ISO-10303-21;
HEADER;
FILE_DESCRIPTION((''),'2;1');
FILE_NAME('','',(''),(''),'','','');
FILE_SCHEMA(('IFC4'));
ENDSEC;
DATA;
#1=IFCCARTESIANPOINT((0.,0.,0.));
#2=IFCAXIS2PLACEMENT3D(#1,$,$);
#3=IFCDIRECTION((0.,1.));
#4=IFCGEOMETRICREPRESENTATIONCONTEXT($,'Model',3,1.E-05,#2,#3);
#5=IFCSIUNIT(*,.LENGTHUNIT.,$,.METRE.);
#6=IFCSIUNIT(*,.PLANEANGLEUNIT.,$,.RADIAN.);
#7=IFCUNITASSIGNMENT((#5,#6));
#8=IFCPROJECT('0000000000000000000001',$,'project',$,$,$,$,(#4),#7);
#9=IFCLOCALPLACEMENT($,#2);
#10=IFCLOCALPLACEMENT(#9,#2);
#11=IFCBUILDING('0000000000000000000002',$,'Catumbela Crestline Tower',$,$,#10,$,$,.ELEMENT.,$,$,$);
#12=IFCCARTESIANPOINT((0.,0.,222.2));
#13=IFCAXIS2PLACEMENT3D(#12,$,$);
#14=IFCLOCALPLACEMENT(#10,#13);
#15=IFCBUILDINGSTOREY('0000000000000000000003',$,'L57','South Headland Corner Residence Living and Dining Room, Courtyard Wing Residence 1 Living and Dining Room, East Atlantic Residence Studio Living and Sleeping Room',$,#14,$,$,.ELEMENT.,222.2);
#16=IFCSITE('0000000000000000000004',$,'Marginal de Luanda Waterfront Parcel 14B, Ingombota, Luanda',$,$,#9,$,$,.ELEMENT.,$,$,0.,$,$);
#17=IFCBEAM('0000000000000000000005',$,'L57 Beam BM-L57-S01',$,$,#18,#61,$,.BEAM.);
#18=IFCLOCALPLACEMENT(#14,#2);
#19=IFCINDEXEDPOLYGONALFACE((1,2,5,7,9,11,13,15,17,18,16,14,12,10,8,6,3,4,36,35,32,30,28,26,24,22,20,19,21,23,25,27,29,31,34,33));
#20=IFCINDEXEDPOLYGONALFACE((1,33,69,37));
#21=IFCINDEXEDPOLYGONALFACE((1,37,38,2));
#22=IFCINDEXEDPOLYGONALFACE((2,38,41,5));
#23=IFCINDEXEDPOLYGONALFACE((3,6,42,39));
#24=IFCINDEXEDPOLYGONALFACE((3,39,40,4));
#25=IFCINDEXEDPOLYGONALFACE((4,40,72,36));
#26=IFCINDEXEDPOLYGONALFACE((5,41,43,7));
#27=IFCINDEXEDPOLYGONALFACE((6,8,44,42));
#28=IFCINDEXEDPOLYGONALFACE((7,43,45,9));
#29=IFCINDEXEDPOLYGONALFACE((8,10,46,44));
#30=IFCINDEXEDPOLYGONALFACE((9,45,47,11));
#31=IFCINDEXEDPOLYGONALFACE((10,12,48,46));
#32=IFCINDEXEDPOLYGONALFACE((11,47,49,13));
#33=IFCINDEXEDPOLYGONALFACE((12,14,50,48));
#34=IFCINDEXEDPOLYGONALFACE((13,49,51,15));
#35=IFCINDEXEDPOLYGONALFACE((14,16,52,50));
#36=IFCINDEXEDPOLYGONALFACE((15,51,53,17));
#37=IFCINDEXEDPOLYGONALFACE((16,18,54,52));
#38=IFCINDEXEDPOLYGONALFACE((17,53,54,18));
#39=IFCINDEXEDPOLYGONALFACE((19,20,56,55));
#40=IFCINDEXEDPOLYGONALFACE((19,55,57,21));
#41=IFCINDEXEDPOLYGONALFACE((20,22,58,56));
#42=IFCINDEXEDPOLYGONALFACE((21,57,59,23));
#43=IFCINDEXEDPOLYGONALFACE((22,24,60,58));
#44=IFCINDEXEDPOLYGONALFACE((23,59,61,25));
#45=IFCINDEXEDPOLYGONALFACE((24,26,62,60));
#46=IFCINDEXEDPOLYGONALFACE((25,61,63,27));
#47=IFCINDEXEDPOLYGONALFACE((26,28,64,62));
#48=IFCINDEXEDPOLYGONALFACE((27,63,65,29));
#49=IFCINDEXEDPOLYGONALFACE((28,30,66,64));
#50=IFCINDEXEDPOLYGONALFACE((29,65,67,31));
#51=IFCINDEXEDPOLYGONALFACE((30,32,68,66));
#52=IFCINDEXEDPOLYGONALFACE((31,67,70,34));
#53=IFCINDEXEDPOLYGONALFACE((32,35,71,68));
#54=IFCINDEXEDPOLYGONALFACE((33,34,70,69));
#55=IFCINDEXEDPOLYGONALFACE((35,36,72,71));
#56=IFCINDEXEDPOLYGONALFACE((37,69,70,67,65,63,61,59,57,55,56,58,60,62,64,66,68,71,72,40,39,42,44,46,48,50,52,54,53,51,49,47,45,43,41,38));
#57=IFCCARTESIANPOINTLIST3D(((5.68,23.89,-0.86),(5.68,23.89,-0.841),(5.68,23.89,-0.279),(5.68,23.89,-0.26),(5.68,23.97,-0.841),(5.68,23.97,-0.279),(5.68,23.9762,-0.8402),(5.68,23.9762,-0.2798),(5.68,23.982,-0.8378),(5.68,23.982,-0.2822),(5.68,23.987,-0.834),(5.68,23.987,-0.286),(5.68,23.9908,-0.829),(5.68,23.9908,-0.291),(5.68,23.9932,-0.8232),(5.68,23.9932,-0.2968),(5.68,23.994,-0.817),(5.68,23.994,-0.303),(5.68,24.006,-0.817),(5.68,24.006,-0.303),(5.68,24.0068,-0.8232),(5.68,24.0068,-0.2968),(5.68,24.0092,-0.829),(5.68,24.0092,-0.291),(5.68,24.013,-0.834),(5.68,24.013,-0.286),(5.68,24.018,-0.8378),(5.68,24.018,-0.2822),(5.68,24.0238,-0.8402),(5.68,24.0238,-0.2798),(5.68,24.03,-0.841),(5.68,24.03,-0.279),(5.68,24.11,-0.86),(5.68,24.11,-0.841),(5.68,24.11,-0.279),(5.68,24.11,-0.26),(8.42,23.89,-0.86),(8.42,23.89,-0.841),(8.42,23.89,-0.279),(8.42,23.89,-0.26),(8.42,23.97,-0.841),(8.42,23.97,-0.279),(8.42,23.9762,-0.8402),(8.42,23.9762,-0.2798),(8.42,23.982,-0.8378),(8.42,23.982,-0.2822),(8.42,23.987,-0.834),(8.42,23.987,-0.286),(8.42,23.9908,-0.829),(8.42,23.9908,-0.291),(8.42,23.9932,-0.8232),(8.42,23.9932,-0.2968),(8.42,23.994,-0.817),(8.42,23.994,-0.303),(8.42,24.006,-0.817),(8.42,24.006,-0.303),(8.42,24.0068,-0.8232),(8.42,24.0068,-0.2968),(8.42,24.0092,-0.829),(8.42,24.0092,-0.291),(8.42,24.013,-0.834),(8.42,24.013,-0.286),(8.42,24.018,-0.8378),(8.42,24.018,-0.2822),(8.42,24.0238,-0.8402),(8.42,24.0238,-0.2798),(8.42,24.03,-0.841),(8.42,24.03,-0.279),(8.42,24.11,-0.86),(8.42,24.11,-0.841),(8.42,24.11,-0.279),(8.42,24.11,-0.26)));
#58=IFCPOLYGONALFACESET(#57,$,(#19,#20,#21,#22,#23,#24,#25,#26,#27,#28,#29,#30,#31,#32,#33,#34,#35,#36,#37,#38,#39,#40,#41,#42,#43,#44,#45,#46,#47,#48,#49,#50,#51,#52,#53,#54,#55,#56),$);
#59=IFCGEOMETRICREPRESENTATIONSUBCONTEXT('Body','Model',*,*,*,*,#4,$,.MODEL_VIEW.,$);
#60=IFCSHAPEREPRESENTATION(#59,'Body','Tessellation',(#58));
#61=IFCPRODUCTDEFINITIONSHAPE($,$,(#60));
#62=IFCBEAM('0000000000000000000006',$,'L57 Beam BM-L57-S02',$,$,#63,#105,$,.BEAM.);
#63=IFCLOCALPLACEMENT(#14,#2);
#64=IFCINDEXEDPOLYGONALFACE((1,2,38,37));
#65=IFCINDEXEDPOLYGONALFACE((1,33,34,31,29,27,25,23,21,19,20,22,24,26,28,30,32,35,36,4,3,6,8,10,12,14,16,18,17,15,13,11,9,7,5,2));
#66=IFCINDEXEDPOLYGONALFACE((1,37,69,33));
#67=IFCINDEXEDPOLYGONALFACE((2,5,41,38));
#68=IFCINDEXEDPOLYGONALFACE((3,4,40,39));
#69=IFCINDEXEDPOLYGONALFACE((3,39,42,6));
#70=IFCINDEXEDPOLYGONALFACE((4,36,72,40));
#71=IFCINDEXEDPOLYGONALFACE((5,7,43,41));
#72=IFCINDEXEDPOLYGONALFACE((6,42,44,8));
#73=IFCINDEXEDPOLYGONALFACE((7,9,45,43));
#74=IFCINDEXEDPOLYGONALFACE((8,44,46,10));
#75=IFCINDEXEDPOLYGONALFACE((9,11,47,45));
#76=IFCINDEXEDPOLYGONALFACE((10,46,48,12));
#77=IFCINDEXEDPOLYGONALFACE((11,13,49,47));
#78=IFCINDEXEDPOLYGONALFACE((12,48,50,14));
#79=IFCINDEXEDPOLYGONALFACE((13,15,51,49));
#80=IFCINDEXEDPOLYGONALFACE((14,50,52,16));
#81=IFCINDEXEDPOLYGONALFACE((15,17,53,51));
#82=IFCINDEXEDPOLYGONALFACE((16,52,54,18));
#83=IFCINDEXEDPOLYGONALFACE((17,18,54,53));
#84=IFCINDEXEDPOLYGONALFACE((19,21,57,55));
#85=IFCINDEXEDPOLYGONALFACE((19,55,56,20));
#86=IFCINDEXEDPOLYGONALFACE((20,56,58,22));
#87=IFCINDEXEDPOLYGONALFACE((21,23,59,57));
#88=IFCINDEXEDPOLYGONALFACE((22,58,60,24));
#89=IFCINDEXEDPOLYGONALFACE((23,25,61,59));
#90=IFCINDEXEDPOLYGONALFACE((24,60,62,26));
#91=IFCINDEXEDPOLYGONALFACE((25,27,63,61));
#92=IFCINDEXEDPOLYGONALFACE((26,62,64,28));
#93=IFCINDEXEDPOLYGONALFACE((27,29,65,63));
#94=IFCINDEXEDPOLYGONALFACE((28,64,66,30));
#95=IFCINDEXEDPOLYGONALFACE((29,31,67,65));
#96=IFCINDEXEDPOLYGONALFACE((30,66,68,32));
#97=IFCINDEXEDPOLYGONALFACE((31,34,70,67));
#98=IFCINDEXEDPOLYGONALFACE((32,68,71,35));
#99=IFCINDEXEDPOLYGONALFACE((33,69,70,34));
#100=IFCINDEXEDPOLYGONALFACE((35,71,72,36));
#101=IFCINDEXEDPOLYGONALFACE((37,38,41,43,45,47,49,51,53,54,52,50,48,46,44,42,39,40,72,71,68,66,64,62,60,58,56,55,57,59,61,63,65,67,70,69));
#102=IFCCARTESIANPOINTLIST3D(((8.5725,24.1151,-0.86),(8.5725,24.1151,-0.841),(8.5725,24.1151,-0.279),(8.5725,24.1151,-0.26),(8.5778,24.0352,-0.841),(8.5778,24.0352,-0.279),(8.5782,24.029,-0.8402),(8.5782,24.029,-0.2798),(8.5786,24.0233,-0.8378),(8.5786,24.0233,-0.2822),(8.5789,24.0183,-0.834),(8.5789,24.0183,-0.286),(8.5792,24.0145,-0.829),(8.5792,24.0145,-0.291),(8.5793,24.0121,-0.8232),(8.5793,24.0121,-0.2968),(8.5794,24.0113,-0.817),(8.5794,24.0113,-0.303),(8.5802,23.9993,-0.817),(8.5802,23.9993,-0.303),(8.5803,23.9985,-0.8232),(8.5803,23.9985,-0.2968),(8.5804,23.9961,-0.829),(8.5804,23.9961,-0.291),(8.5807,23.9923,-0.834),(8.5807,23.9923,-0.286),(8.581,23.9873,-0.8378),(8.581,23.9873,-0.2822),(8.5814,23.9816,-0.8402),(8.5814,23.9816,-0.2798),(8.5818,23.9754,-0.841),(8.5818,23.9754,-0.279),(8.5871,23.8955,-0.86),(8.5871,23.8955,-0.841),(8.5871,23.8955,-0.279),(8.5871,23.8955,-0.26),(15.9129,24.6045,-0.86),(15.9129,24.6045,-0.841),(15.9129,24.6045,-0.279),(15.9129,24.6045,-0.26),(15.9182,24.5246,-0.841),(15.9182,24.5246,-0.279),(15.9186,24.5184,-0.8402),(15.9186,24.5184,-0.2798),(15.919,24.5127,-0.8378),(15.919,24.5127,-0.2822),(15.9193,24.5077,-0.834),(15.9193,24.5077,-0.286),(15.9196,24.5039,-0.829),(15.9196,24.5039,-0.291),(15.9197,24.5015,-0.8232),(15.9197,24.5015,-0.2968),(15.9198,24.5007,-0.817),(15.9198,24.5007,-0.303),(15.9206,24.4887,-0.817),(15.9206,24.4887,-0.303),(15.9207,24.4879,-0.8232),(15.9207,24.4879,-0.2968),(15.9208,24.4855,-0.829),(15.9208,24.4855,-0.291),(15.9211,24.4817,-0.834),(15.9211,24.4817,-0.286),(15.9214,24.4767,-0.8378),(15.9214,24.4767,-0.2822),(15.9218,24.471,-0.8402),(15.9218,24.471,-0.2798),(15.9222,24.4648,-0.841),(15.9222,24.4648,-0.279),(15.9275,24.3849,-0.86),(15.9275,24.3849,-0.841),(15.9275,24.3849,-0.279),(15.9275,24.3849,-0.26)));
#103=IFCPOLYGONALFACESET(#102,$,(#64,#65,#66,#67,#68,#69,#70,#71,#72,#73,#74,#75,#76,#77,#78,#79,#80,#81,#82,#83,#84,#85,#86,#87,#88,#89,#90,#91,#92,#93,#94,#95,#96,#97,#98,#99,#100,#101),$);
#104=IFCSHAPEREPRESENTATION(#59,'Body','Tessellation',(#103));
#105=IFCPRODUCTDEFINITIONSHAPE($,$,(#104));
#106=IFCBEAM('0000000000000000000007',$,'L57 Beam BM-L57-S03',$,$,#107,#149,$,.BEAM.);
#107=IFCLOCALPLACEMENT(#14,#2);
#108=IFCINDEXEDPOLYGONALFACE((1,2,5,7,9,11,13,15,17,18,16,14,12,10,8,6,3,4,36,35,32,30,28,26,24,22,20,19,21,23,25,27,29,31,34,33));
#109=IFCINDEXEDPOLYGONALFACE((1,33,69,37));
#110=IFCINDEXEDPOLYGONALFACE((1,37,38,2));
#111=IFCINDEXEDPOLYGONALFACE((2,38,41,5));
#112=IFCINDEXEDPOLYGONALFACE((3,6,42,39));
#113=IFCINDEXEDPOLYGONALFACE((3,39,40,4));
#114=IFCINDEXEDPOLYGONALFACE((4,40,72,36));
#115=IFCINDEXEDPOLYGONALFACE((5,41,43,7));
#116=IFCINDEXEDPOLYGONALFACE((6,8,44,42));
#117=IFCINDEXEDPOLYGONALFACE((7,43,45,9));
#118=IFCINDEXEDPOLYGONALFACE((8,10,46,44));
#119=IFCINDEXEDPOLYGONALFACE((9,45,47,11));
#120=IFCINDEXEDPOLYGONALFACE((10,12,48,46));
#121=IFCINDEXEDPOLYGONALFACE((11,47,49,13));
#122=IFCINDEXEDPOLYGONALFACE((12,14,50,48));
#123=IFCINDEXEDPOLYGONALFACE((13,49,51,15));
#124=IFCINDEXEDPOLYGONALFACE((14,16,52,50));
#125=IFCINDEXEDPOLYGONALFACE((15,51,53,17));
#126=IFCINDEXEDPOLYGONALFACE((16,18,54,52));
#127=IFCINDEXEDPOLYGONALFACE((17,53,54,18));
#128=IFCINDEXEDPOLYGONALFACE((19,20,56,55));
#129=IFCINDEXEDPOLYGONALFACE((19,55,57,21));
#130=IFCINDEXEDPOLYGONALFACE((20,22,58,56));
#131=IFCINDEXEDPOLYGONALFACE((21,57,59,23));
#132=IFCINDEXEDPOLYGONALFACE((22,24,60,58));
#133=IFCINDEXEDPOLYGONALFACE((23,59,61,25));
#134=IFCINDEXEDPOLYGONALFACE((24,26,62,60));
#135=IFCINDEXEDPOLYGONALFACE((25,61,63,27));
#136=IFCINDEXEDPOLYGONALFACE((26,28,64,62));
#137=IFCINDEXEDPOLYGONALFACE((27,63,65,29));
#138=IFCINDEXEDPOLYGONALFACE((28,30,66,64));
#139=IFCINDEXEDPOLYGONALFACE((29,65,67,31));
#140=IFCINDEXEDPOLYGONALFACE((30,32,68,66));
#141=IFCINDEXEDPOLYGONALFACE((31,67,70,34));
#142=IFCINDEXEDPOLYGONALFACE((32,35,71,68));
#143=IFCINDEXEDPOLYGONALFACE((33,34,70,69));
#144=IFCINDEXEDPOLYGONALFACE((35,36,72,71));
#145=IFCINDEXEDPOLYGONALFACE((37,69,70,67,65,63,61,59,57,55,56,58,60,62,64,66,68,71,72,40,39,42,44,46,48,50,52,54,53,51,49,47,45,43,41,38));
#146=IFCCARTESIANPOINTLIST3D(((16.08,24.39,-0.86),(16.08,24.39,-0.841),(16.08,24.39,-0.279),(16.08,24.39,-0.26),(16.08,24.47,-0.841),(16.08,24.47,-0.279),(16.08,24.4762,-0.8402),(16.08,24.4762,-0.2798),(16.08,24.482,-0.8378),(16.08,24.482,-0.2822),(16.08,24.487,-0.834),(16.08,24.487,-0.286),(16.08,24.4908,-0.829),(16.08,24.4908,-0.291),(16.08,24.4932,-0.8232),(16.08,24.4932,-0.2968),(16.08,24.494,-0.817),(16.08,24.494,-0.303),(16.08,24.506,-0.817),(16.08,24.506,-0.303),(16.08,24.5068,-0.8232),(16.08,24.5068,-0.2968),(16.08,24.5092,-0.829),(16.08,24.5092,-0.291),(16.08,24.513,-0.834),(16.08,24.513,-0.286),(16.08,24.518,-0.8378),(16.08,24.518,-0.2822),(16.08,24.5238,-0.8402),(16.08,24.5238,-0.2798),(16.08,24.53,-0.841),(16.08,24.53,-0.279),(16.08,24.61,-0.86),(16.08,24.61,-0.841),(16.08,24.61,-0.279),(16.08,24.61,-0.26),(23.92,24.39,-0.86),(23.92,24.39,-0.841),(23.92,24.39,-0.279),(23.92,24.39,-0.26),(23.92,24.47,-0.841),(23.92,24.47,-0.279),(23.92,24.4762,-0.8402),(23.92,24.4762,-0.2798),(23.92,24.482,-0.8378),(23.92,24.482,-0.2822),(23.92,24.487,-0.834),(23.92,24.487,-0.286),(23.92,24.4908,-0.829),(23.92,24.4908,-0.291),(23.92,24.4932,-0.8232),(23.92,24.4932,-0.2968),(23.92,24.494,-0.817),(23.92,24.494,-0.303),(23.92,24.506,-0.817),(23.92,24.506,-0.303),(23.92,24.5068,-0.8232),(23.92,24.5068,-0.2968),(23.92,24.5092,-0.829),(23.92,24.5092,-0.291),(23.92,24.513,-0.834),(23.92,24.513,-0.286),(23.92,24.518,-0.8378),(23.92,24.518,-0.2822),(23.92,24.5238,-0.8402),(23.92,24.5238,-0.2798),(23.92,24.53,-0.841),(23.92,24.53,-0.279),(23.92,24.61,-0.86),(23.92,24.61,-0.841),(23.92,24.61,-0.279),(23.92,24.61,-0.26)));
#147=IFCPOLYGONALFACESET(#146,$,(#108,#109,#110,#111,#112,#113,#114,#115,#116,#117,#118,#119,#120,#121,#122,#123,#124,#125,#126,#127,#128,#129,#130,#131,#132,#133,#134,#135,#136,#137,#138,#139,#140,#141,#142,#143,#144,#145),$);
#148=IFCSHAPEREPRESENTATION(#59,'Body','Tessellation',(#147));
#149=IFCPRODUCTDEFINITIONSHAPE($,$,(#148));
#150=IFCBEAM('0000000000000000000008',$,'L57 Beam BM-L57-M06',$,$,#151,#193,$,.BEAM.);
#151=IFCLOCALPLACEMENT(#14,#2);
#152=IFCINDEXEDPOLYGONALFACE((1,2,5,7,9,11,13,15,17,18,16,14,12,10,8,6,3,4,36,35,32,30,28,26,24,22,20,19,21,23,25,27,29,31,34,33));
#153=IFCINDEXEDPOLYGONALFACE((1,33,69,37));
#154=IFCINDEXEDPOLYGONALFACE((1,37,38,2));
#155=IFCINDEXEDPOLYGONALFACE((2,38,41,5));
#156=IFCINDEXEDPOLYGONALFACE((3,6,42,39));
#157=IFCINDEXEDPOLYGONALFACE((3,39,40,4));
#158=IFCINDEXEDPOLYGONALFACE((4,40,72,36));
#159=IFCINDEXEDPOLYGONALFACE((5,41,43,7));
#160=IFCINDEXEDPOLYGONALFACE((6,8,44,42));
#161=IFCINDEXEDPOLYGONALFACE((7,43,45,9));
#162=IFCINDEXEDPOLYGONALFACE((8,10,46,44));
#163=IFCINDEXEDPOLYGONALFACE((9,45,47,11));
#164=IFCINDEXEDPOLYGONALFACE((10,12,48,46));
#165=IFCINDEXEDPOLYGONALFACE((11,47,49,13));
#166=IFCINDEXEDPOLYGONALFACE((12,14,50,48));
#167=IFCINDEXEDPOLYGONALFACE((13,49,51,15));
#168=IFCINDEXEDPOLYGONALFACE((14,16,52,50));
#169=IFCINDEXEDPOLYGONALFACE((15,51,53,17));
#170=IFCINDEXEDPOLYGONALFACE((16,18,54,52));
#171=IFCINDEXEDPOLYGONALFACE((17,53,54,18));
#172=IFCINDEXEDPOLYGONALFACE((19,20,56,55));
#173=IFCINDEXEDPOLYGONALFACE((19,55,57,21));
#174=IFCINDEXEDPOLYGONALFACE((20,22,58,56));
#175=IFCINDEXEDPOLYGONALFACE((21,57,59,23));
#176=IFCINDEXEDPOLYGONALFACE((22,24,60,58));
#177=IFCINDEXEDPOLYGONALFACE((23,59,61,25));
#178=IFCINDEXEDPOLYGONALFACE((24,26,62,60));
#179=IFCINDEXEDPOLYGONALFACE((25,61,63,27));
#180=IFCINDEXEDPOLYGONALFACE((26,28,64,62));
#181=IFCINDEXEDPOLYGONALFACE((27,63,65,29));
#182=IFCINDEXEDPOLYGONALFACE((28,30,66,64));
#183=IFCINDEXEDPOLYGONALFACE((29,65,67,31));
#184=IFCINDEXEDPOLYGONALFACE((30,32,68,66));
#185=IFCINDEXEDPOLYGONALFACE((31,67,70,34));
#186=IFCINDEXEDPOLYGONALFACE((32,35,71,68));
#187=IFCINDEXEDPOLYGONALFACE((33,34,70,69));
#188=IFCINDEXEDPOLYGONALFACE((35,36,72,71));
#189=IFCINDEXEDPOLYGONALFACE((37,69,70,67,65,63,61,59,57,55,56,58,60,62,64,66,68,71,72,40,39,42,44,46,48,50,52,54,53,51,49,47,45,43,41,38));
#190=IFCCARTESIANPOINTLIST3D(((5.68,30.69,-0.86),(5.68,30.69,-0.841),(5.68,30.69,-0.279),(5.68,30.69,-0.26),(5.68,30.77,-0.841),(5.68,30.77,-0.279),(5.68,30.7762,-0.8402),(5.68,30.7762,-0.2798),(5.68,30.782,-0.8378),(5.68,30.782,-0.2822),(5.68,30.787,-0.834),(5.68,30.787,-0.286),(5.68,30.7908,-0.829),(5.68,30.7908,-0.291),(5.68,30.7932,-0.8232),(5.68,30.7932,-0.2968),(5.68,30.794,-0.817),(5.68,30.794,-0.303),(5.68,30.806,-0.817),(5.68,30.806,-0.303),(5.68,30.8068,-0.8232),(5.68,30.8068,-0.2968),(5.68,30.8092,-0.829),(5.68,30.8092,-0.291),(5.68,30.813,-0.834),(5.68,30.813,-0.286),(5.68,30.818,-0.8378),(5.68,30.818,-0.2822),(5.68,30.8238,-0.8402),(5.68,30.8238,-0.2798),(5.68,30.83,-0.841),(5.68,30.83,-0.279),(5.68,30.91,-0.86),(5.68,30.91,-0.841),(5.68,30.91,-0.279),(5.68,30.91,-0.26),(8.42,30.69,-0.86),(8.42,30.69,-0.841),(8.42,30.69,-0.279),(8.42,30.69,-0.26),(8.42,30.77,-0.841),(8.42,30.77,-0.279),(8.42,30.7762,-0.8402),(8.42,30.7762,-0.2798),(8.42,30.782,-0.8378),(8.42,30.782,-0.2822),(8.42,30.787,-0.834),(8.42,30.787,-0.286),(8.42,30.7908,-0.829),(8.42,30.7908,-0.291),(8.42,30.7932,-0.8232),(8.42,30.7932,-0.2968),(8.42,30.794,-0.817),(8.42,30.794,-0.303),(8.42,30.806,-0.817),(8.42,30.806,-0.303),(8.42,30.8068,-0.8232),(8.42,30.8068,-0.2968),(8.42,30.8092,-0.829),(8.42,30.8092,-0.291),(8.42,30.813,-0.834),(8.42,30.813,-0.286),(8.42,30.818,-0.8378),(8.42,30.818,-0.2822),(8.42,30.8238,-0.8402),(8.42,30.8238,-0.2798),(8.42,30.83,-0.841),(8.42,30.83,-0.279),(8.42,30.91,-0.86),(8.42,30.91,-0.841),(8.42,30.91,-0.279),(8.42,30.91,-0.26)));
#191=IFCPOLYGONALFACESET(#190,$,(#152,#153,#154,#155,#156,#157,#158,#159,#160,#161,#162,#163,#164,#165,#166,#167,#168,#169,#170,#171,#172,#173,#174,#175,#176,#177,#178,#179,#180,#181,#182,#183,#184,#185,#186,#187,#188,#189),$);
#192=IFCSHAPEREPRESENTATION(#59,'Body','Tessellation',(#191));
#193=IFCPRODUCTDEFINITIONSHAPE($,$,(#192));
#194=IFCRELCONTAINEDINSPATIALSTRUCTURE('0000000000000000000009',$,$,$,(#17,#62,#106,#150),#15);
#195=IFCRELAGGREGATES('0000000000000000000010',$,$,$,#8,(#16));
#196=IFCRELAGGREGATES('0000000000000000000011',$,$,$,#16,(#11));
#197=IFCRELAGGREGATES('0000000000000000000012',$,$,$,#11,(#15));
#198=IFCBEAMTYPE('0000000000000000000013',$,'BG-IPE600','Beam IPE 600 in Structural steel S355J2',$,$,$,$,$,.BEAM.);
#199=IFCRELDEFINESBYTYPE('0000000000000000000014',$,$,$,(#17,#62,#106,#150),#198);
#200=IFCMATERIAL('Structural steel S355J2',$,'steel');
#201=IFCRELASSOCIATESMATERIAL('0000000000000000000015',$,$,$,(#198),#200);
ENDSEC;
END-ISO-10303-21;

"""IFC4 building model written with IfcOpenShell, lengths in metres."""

from ifc_helpers import new_model, si_unit, direction, frame, origin, origin_2d, place, context, subcontext, project, spatial, i_section, extrude, material, material_profile, profile_set, type_object, element, save


model = new_model("IFC4")

# Units and contexts
model_context = context("Model", 3, precision=1e-05, world=origin(), true_north=direction((0.0, 1.0)))
body_context = subcontext(model_context, "Body", "Model", "MODEL_VIEW")
ifc_project = project(units=[si_unit("LENGTHUNIT", "METRE"), si_unit("PLANEANGLEUNIT", "RADIAN")], contexts=[model_context])

# Site, building, storey
site_placement = place(None, origin())
site = spatial("IfcSite", under=ifc_project, at=site_placement, Name="Marginal de Luanda Waterfront Parcel 14B, Ingombota, Luanda", CompositionType="ELEMENT", RefElevation=0.0)
building_placement = place(site_placement, origin())
building = spatial("IfcBuilding", under=site, at=building_placement, Name="Catumbela Crestline Tower", CompositionType="ELEMENT")
storey_placement = place(building_placement, frame((0.0, 0.0, 222.2)))
storey = spatial("IfcBuildingStorey", under=building, at=storey_placement, Name="L57", Description="South Headland Corner Residence Living and Dining Room, Courtyard Wing Residence 1 Living and Dining Room, East Atlantic Residence Studio Living and Sleeping Room", CompositionType="ELEMENT", Elevation=222.2)

# Shared definitions
ifc_material_1 = material(Name="Structural steel S355J2", Category="steel")

# Beams
ifc_material_profile_1 = material_profile(ifc_material_1, i_section(OverallWidth=0.22, OverallDepth=0.6, WebThickness=0.012, FlangeThickness=0.019, FilletRadius=0.024, at=origin_2d()), Name="IPE 600")
ifc_profile_set_1 = profile_set([ifc_material_profile_1], Name="Structural steel S355J2")
beam_type = type_object("IfcBeamType", Name="BG-IPE600", Description="Beam IPE 600 in Structural steel S355J2", PredefinedType="BEAM", material=ifc_profile_set_1)
beam_1_placement = place(storey_placement, frame((5.68, 24.0, -0.56), z_axis=(1.0, 0.0, 0.0), x_axis=(0.0, 1.0, 0.0)))
element("IfcBeam", 1, at=beam_1_placement, inside=storey, type_object=beam_type, Name="L57 Beam BM-L57-S01", PredefinedType="BEAM", context=body_context, shape_type="SweptSolid", body=[
    extrude(i_section(OverallWidth=0.22, OverallDepth=0.6, WebThickness=0.012, FlangeThickness=0.019, FilletRadius=0.024, at=origin_2d()), origin(), (0.0, 0.0, 1.0), 2.74),
])
beam_2_placement = place(storey_placement, frame((8.5798, 24.0053, -0.56), z_axis=(0.997785, 0.066524, 0.0), x_axis=(-0.066524, 0.997785, 0.0)))
element("IfcBeam", 2, at=beam_2_placement, inside=storey, type_object=beam_type, Name="L57 Beam BM-L57-S02", PredefinedType="BEAM", context=body_context, shape_type="SweptSolid", body=[
    extrude(i_section(OverallWidth=0.22, OverallDepth=0.6, WebThickness=0.012, FlangeThickness=0.019, FilletRadius=0.024, at=origin_2d()), origin(), (0.0, 0.0, 1.0), 7.3567),
])
beam_3_placement = place(storey_placement, frame((16.08, 24.5, -0.56), z_axis=(1.0, 0.0, 0.0), x_axis=(0.0, 1.0, 0.0)))
element("IfcBeam", 3, at=beam_3_placement, inside=storey, type_object=beam_type, Name="L57 Beam BM-L57-S03", PredefinedType="BEAM", context=body_context, shape_type="SweptSolid", body=[
    extrude(i_section(OverallWidth=0.22, OverallDepth=0.6, WebThickness=0.012, FlangeThickness=0.019, FilletRadius=0.024, at=origin_2d()), origin(), (0.0, 0.0, 1.0), 7.84),
])
beam_4_placement = place(storey_placement, frame((5.68, 30.8, -0.56), z_axis=(1.0, 0.0, 0.0), x_axis=(0.0, 1.0, 0.0)))
element("IfcBeam", 4, at=beam_4_placement, inside=storey, type_object=beam_type, Name="L57 Beam BM-L57-M06", PredefinedType="BEAM", context=body_context, shape_type="SweptSolid", body=[
    extrude(i_section(OverallWidth=0.22, OverallDepth=0.6, WebThickness=0.012, FlangeThickness=0.019, FilletRadius=0.024, at=origin_2d()), origin(), (0.0, 0.0, 1.0), 2.74),
])

save(model, "model.ifc")
